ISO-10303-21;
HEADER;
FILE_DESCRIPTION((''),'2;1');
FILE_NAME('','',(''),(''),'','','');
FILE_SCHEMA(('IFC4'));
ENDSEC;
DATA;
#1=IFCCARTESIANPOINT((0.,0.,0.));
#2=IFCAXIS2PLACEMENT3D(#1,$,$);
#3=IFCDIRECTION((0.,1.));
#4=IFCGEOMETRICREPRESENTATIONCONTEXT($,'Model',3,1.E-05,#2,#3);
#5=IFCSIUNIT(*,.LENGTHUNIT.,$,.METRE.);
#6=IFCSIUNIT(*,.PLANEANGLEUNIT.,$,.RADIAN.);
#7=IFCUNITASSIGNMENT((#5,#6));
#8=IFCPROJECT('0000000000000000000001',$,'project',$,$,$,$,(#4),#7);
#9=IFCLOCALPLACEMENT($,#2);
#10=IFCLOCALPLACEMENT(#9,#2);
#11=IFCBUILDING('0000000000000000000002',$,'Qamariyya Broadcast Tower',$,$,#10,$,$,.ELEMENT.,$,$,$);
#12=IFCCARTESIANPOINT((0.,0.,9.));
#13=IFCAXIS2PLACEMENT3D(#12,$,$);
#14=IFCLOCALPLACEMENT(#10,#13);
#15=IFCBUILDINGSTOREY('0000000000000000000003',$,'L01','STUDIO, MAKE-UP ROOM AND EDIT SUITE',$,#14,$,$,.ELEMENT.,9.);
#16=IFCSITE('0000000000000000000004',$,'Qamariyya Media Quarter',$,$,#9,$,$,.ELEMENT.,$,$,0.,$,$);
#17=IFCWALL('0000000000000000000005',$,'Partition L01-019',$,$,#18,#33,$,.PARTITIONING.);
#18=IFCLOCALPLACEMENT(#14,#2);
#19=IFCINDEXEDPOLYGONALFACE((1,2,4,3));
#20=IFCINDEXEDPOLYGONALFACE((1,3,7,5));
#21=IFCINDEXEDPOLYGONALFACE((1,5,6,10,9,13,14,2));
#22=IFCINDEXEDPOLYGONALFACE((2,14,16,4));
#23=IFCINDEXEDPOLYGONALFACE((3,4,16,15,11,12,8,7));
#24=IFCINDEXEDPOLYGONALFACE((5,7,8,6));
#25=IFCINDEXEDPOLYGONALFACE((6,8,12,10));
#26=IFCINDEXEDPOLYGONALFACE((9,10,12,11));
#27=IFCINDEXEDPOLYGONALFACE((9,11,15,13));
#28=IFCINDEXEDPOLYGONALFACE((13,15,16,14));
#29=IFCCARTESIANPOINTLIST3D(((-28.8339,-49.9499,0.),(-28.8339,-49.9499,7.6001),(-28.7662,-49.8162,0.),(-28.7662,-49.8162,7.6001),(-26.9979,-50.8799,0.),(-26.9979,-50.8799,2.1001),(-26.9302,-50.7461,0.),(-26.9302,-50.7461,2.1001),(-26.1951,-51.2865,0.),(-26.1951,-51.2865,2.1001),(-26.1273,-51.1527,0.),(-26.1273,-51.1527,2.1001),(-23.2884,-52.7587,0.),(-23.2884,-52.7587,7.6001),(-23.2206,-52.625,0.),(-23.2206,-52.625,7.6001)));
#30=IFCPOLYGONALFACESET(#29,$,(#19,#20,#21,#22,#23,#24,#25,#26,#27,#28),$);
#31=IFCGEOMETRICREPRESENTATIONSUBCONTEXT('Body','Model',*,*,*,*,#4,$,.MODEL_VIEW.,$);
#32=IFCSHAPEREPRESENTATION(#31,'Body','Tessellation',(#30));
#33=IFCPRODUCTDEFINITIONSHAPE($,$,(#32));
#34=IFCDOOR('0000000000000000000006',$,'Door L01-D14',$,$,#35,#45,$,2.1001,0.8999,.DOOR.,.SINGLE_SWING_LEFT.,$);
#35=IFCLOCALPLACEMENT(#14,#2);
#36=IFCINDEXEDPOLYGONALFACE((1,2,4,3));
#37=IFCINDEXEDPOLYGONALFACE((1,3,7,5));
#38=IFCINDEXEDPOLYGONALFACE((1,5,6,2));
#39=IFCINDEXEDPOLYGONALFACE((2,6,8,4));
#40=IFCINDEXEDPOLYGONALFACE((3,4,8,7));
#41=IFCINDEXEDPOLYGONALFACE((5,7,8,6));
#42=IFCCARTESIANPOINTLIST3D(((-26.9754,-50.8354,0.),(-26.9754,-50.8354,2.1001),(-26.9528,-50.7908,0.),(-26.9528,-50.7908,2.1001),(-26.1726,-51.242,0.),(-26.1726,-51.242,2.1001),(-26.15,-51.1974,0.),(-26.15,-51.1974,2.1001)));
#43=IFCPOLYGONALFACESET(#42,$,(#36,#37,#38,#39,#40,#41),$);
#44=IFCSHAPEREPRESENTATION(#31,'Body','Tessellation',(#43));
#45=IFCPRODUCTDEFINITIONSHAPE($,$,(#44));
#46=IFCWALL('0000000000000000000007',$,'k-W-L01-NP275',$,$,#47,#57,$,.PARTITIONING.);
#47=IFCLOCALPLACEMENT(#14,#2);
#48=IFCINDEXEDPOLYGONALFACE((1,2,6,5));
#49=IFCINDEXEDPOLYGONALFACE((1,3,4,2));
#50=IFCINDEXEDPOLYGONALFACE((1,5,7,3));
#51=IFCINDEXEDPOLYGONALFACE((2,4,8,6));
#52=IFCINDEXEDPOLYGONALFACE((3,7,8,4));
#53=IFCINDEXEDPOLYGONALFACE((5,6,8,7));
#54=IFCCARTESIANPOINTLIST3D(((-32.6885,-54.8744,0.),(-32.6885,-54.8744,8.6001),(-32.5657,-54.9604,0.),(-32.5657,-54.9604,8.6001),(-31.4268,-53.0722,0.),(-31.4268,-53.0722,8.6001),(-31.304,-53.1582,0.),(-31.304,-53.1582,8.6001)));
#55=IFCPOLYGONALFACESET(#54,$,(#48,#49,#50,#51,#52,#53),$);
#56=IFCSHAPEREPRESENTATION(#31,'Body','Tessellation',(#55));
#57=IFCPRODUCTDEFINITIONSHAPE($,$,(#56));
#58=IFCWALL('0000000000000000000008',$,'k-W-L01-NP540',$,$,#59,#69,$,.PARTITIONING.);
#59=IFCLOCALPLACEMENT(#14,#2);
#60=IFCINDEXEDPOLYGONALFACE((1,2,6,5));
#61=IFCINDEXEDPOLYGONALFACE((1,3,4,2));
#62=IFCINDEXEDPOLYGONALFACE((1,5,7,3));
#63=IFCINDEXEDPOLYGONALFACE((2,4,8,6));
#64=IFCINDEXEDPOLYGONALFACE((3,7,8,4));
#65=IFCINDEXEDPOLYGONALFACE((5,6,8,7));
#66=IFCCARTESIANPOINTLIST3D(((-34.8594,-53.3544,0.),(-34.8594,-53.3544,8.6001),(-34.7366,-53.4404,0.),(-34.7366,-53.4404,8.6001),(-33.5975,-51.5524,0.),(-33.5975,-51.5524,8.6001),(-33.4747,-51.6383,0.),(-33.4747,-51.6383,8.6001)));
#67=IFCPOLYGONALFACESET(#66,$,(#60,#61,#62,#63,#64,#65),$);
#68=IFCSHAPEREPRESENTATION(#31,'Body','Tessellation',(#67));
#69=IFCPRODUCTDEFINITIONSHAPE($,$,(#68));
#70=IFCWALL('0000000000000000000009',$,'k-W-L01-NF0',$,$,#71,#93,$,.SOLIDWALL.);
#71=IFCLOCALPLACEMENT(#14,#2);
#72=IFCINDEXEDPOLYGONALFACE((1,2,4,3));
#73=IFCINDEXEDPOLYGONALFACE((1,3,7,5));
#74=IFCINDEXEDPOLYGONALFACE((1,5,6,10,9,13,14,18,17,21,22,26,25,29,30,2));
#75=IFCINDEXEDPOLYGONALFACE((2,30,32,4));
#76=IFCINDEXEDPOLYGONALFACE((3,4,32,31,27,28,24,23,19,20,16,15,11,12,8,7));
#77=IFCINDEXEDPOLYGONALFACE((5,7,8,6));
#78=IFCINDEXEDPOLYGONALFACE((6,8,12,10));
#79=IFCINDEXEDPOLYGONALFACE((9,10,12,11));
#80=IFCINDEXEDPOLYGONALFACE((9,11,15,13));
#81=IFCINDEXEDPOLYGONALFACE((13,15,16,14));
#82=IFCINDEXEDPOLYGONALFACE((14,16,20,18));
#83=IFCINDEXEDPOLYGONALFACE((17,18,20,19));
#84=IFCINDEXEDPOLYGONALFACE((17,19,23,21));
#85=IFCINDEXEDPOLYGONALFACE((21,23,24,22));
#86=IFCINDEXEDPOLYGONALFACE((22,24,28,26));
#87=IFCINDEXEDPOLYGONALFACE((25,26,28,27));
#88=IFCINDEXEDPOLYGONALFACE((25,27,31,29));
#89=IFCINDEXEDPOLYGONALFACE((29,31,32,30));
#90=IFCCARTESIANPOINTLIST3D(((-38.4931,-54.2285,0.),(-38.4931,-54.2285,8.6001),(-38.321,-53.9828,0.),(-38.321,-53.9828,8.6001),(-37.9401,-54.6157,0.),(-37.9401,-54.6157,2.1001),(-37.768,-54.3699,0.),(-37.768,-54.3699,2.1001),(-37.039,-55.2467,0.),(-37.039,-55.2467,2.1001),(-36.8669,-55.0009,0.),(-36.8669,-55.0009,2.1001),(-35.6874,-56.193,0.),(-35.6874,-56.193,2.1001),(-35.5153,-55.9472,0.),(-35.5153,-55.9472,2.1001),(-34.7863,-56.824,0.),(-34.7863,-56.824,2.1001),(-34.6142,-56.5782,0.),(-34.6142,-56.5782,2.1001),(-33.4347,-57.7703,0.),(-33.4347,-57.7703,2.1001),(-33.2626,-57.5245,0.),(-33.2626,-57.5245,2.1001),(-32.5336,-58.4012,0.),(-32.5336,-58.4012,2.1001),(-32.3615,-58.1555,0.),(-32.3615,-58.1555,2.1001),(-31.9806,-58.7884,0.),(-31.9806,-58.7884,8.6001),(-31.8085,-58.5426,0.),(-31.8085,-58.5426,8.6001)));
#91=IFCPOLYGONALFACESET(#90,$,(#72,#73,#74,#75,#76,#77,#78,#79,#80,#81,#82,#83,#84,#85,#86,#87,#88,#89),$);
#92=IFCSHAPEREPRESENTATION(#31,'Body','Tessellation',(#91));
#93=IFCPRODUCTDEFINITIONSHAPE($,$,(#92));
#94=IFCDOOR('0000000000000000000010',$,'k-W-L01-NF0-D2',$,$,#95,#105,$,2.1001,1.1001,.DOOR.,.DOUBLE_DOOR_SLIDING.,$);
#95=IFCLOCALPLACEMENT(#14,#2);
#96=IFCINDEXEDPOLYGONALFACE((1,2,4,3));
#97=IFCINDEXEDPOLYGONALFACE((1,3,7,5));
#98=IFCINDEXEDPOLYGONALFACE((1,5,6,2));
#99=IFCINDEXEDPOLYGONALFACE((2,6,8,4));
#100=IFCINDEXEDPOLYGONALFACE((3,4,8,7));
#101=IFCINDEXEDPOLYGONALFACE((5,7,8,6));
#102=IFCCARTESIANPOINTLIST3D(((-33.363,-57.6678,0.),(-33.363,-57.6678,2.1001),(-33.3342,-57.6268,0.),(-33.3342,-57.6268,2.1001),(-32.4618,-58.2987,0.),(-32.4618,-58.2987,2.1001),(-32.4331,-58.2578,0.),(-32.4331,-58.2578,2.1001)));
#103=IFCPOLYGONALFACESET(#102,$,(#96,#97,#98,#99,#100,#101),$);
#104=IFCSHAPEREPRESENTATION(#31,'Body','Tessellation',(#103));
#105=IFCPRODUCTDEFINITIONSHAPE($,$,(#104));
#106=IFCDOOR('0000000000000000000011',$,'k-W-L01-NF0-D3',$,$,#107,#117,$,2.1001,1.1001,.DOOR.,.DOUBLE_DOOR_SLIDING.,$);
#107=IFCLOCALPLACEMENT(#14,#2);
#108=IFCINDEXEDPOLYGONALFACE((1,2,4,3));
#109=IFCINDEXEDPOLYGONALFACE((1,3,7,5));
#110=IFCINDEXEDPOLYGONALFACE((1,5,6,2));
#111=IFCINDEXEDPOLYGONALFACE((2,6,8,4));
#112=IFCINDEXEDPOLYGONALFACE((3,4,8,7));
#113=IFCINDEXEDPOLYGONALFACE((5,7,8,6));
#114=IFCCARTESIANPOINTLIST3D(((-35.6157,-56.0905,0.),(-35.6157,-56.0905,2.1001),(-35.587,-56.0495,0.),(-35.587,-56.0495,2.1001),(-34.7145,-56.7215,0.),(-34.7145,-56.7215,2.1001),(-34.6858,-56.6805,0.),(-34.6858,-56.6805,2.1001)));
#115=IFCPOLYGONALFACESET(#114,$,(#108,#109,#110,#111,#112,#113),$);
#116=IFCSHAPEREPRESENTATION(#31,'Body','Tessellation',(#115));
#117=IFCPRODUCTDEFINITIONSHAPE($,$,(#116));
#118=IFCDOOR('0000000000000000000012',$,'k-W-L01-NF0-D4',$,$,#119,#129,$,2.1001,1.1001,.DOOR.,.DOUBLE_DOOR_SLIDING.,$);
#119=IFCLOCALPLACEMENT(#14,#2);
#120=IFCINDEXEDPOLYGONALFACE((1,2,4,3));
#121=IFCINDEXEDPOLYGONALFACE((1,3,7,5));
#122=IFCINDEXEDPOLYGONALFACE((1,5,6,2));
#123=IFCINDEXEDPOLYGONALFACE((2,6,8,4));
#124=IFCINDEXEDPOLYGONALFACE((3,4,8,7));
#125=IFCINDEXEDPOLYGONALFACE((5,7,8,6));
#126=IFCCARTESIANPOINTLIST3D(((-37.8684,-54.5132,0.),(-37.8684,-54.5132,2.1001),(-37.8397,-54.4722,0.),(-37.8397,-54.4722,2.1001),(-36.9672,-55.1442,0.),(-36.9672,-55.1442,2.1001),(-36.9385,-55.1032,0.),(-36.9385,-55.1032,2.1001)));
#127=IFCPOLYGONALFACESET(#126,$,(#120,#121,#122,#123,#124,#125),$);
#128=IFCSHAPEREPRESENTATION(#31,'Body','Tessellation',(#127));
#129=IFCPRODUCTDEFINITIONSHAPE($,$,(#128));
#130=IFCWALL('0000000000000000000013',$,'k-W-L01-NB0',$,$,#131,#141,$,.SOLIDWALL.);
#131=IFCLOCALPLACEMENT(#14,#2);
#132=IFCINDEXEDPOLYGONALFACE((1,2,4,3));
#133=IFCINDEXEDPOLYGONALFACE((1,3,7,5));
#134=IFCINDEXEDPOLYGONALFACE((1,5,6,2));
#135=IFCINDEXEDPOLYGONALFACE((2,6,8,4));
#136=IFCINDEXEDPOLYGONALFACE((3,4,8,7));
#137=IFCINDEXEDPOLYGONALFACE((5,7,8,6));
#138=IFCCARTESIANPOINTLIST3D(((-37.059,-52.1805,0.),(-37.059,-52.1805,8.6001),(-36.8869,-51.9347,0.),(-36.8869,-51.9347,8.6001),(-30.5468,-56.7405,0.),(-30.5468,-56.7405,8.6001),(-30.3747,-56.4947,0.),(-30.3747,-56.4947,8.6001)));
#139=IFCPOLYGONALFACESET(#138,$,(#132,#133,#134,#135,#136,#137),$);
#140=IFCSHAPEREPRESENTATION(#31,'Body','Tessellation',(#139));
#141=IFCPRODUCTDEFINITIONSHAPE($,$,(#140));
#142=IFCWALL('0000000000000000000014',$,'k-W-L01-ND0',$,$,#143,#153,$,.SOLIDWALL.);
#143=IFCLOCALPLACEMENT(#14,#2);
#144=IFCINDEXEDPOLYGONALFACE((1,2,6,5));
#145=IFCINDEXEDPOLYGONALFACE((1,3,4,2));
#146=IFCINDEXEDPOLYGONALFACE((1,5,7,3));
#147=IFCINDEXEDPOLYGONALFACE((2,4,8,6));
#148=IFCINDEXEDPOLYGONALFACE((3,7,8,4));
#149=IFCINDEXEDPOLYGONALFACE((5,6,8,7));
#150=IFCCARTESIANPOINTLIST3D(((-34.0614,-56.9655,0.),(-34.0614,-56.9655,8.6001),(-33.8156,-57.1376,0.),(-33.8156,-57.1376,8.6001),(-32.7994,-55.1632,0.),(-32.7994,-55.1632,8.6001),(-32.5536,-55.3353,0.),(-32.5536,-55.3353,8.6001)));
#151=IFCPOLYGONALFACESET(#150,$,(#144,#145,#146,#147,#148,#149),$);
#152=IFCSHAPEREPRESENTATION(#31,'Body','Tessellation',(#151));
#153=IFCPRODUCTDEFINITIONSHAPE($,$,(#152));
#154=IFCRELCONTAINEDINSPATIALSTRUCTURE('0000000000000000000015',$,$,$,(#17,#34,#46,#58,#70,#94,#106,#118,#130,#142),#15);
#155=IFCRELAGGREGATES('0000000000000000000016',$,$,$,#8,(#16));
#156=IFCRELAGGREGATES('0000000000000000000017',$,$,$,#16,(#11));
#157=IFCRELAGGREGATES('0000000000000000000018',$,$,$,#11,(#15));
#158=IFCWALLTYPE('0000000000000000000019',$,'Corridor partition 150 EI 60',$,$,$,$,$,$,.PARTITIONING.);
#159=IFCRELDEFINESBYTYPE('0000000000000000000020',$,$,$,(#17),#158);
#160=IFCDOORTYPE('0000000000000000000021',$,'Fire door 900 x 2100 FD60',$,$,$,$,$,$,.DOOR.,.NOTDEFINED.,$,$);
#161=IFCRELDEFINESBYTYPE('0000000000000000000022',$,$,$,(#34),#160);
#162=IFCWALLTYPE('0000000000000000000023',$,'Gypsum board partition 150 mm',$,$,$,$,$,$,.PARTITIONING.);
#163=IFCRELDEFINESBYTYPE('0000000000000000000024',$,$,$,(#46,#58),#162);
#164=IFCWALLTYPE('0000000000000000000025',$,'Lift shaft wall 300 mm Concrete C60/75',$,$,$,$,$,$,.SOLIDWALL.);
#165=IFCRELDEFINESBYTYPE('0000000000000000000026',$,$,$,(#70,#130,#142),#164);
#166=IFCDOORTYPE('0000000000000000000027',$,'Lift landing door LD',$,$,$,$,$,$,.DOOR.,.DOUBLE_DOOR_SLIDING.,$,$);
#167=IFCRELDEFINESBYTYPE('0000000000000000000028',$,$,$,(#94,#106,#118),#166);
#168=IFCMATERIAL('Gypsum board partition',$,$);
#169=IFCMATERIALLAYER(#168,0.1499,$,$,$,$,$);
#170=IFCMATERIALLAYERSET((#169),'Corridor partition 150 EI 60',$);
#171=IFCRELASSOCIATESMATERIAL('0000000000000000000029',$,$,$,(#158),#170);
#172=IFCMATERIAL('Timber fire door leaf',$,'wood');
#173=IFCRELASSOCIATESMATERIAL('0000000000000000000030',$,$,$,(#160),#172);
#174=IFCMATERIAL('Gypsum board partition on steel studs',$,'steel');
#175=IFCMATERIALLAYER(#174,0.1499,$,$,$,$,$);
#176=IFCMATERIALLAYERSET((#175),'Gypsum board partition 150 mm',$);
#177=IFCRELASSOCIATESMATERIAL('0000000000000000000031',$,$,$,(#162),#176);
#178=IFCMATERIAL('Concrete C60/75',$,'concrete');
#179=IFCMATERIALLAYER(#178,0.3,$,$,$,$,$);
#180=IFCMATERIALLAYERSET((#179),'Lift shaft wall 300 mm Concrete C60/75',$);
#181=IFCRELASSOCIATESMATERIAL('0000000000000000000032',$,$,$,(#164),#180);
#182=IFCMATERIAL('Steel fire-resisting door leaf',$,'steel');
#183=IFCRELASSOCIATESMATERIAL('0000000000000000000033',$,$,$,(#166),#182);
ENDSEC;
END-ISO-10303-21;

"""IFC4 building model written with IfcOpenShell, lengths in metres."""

from ifc_helpers import new_model, si_unit, direction, frame, frame_2d, origin, place, context, subcontext, project, spatial, rectangle, extrude, material, layer, layer_set, type_object, element, fill, save


model = new_model("IFC4")

# Units and contexts
model_context = context("Model", 3, precision=1e-05, world=origin(), true_north=direction((0.0, 1.0)))
body_context = subcontext(model_context, "Body", "Model", "MODEL_VIEW")
ifc_project = project(units=[si_unit("LENGTHUNIT", "METRE"), si_unit("PLANEANGLEUNIT", "RADIAN")], contexts=[model_context])

# Site, building, storey
site_placement = place(None, origin())
site = spatial("IfcSite", under=ifc_project, at=site_placement, Name="Qamariyya Media Quarter", CompositionType="ELEMENT", RefElevation=0.0)
building_placement = place(site_placement, origin())
building = spatial("IfcBuilding", under=site, at=building_placement, Name="Qamariyya Broadcast Tower", CompositionType="ELEMENT")
storey_placement = place(building_placement, frame((0.0, 0.0, 9.0)))
storey = spatial("IfcBuildingStorey", under=building, at=storey_placement, Name="L01", Description="STUDIO, MAKE-UP ROOM AND EDIT SUITE", CompositionType="ELEMENT", Elevation=9.0)

# Shared definitions
ifc_material_1 = material(Name="Steel fire-resisting door leaf", Category="steel")

# Wall, opening, door
ifc_material_2 = material(Name="Gypsum board partition")
ifc_layer_1 = layer(ifc_material_2, 0.1499)
ifc_layer_set_1 = layer_set([ifc_layer_1], Name="Corridor partition 150 EI 60")
wall_type_1 = type_object("IfcWallType", Name="Corridor partition 150 EI 60", PredefinedType="PARTITIONING", material=ifc_layer_set_1)
wall_1_placement = place(storey_placement, frame((-28.8, -49.8831, 0.0), z_axis=(0.0, 0.0, 1.0), x_axis=(0.892098, -0.451842, 0.0)))
wall_1 = element("IfcWall", 1, at=wall_1_placement, inside=storey, type_object=wall_type_1, Name="Partition L01-019", PredefinedType="PARTITIONING", context=body_context, shape_type="SweptSolid", body=[
    extrude(rectangle(XDim=6.2163, YDim=0.1499, at=frame_2d((3.1082, 0.0))), origin(), (0.0, 0.0, 1.0), 7.6001),
])
opening_1_placement = place(wall_1_placement, frame((2.0581, 0.0, 0.0)))
opening_1 = element("IfcOpeningElement", 2, at=opening_1_placement, cuts=wall_1, PredefinedType="OPENING", context=body_context, shape_type="SweptSolid", body=[
    extrude(rectangle(XDim=0.8999, YDim=2.1001, at=frame_2d((0.45, 1.05))), frame((0.0, 0.085, 0.0), z_axis=(0.0, -1.0, 0.0), x_axis=(1.0, 0.0, 0.0)), (0.0, 0.0, 1.0), 0.1699),
])
ifc_material_3 = material(Name="Timber fire door leaf", Category="wood")
door_type_1 = type_object("IfcDoorType", Name="Fire door 900 x 2100 FD60", OperationType="NOTDEFINED", PredefinedType="DOOR", material=ifc_material_3)
door_1_placement = place(opening_1_placement, origin())
door_1 = element("IfcDoor", 3, at=door_1_placement, inside=storey, type_object=door_type_1, Name="Door L01-D14", OperationType="SINGLE_SWING_LEFT", OverallHeight=2.1001, OverallWidth=0.8999, PredefinedType="DOOR", context=body_context, shape_type="SweptSolid", body=[
    extrude(rectangle(XDim=0.8999, YDim=2.1001, at=frame_2d((0.45, 1.05))), frame((0.0, 0.0249, 0.0), z_axis=(0.0, -1.0, 0.0), x_axis=(1.0, 0.0, 0.0)), (0.0, 0.0, 1.0), 0.05),
])
fill(opening_1, door_1)

# Walls
ifc_material_4 = material(Name="Gypsum board partition on steel studs", Category="steel")
ifc_layer_2 = layer(ifc_material_4, 0.1499)
ifc_layer_set_2 = layer_set([ifc_layer_2], Name="Gypsum board partition 150 mm")
wall_type_2 = type_object("IfcWallType", Name="Gypsum board partition 150 mm", PredefinedType="PARTITIONING", material=ifc_layer_set_2)
for number, where, z_axis, x_axis, name in (
    (4, (-32.6272, -54.9175, 0.0), (0.0, 0.0, 1.0), (0.573507, 0.819201, 0.0), "k-W-L01-NP275"),
    (5, (-34.7981, -53.3975, 0.0), (0.0, 0.0, 1.0), (0.573634, 0.819112, 0.0), "k-W-L01-NP540"),
):
    element("IfcWall", number, at=place(storey_placement, frame(where, z_axis=z_axis, x_axis=x_axis)), inside=storey, type_object=wall_type_2, Name=name, PredefinedType="PARTITIONING", context=body_context, shape_type="SweptSolid", body=[
        extrude(rectangle(XDim=2.2, YDim=0.1499, at=frame_2d((1.1001, 0.0))), origin(), (0.0, 0.0, 1.0), 8.6001),
    ])

# Wall, openings, doors
ifc_material_5 = material(Name="Concrete C60/75", Category="concrete")
ifc_layer_3 = layer(ifc_material_5, 0.3)
ifc_layer_set_3 = layer_set([ifc_layer_3], Name="Lift shaft wall 300 mm Concrete C60/75")
wall_type_3 = type_object("IfcWallType", Name="Lift shaft wall 300 mm Concrete C60/75", PredefinedType="SOLIDWALL", material=ifc_layer_set_3)
wall_2_placement = place(storey_placement, frame((-31.8945, -58.6655, 0.0), z_axis=(0.0, 0.0, 1.0), x_axis=(-0.819167, 0.573555, 0.0)))
wall_2 = element("IfcWall", 6, at=wall_2_placement, inside=storey, type_object=wall_type_3, Name="k-W-L01-NF0", PredefinedType="SOLIDWALL", context=body_context, shape_type="SweptSolid", body=[
    extrude(rectangle(XDim=7.9502, YDim=0.3, at=frame_2d((3.9751, 0.0))), origin(), (0.0, 0.0, 1.0), 8.6001),
])
opening_2_placement = place(wall_2_placement, frame((0.675, 0.0, 0.0)))
opening_2 = element("IfcOpeningElement", 7, at=opening_2_placement, cuts=wall_2, PredefinedType="OPENING", context=body_context, shape_type="SweptSolid", body=[
    extrude(rectangle(XDim=1.1001, YDim=2.1001, at=frame_2d((0.55, 1.05))), frame((0.0, 0.1599, 0.0), z_axis=(0.0, -1.0, 0.0), x_axis=(1.0, 0.0, 0.0)), (0.0, 0.0, 1.0), 0.3201),
])
opening_3_placement = place(wall_2_placement, frame((3.425, 0.0, 0.0)))
opening_3 = element("IfcOpeningElement", 8, at=opening_3_placement, cuts=wall_2, PredefinedType="OPENING", context=body_context, shape_type="SweptSolid", body=[
    extrude(rectangle(XDim=1.1001, YDim=2.1001, at=frame_2d((0.55, 1.05))), frame((0.0, 0.1599, 0.0), z_axis=(0.0, -1.0, 0.0), x_axis=(1.0, 0.0, 0.0)), (0.0, 0.0, 1.0), 0.3201),
])
opening_4_placement = place(wall_2_placement, frame((6.175, 0.0, 0.0)))
opening_4 = element("IfcOpeningElement", 9, at=opening_4_placement, cuts=wall_2, PredefinedType="OPENING", context=body_context, shape_type="SweptSolid", body=[
    extrude(rectangle(XDim=1.1001, YDim=2.1001, at=frame_2d((0.55, 1.05))), frame((0.0, 0.1599, 0.0), z_axis=(0.0, -1.0, 0.0), x_axis=(1.0, 0.0, 0.0)), (0.0, 0.0, 1.0), 0.3201),
])
door_type_2 = type_object("IfcDoorType", Name="Lift landing door LD", OperationType="DOUBLE_DOOR_SLIDING", PredefinedType="DOOR", material=ifc_material_1)
door_2_placement = place(opening_2_placement, origin())
door_2 = element("IfcDoor", 10, at=door_2_placement, inside=storey, type_object=door_type_2, Name="k-W-L01-NF0-D2", OperationType="DOUBLE_DOOR_SLIDING", OverallHeight=2.1001, OverallWidth=1.1001, PredefinedType="DOOR", context=body_context, shape_type="SweptSolid", body=[
    extrude(rectangle(XDim=1.1001, YDim=2.1001, at=frame_2d((0.55, 1.05))), frame((0.0, 0.0249, 0.0), z_axis=(0.0, -1.0, 0.0), x_axis=(1.0, 0.0, 0.0)), (0.0, 0.0, 1.0), 0.05),
])
fill(opening_2, door_2)
door_3_placement = place(opening_3_placement, origin())
door_3 = element("IfcDoor", 11, at=door_3_placement, inside=storey, type_object=door_type_2, Name="k-W-L01-NF0-D3", OperationType="DOUBLE_DOOR_SLIDING", OverallHeight=2.1001, OverallWidth=1.1001, PredefinedType="DOOR", context=body_context, shape_type="SweptSolid", body=[
    extrude(rectangle(XDim=1.1001, YDim=2.1001, at=frame_2d((0.55, 1.05))), frame((0.0, 0.0249, 0.0), z_axis=(0.0, -1.0, 0.0), x_axis=(1.0, 0.0, 0.0)), (0.0, 0.0, 1.0), 0.05),
])
fill(opening_3, door_3)
door_4_placement = place(opening_4_placement, origin())
door_4 = element("IfcDoor", 12, at=door_4_placement, inside=storey, type_object=door_type_2, Name="k-W-L01-NF0-D4", OperationType="DOUBLE_DOOR_SLIDING", OverallHeight=2.1001, OverallWidth=1.1001, PredefinedType="DOOR", context=body_context, shape_type="SweptSolid", body=[
    extrude(rectangle(XDim=1.1001, YDim=2.1001, at=frame_2d((0.55, 1.05))), frame((0.0, 0.0249, 0.0), z_axis=(0.0, -1.0, 0.0), x_axis=(1.0, 0.0, 0.0)), (0.0, 0.0, 1.0), 0.05),
])
fill(opening_4, door_4)

# Walls
wall_3_placement = place(storey_placement, frame((-30.4607, -56.6177, 0.0), z_axis=(0.0, 0.0, 1.0), x_axis=(-0.819142, 0.57359, 0.0)))
element("IfcWall", 13, at=wall_3_placement, inside=storey, type_object=wall_type_3, Name="k-W-L01-NB0", PredefinedType="SOLIDWALL", context=body_context, shape_type="SweptSolid", body=[
    extrude(rectangle(XDim=7.95, YDim=0.3, at=frame_2d((3.9751, 0.0))), origin(), (0.0, 0.0, 1.0), 8.6001),
])
wall_4_placement = place(storey_placement, frame((-33.9385, -57.0515, 0.0), z_axis=(0.0, 0.0, 1.0), x_axis=(0.573581, 0.819149, 0.0)))
element("IfcWall", 14, at=wall_4_placement, inside=storey, type_object=wall_type_3, Name="k-W-L01-ND0", PredefinedType="SOLIDWALL", context=body_context, shape_type="SweptSolid", body=[
    extrude(rectangle(XDim=2.2002, YDim=0.3, at=frame_2d((1.1001, 0.0))), origin(), (0.0, 0.0, 1.0), 8.6001),
])

save(model, "model.ifc")
